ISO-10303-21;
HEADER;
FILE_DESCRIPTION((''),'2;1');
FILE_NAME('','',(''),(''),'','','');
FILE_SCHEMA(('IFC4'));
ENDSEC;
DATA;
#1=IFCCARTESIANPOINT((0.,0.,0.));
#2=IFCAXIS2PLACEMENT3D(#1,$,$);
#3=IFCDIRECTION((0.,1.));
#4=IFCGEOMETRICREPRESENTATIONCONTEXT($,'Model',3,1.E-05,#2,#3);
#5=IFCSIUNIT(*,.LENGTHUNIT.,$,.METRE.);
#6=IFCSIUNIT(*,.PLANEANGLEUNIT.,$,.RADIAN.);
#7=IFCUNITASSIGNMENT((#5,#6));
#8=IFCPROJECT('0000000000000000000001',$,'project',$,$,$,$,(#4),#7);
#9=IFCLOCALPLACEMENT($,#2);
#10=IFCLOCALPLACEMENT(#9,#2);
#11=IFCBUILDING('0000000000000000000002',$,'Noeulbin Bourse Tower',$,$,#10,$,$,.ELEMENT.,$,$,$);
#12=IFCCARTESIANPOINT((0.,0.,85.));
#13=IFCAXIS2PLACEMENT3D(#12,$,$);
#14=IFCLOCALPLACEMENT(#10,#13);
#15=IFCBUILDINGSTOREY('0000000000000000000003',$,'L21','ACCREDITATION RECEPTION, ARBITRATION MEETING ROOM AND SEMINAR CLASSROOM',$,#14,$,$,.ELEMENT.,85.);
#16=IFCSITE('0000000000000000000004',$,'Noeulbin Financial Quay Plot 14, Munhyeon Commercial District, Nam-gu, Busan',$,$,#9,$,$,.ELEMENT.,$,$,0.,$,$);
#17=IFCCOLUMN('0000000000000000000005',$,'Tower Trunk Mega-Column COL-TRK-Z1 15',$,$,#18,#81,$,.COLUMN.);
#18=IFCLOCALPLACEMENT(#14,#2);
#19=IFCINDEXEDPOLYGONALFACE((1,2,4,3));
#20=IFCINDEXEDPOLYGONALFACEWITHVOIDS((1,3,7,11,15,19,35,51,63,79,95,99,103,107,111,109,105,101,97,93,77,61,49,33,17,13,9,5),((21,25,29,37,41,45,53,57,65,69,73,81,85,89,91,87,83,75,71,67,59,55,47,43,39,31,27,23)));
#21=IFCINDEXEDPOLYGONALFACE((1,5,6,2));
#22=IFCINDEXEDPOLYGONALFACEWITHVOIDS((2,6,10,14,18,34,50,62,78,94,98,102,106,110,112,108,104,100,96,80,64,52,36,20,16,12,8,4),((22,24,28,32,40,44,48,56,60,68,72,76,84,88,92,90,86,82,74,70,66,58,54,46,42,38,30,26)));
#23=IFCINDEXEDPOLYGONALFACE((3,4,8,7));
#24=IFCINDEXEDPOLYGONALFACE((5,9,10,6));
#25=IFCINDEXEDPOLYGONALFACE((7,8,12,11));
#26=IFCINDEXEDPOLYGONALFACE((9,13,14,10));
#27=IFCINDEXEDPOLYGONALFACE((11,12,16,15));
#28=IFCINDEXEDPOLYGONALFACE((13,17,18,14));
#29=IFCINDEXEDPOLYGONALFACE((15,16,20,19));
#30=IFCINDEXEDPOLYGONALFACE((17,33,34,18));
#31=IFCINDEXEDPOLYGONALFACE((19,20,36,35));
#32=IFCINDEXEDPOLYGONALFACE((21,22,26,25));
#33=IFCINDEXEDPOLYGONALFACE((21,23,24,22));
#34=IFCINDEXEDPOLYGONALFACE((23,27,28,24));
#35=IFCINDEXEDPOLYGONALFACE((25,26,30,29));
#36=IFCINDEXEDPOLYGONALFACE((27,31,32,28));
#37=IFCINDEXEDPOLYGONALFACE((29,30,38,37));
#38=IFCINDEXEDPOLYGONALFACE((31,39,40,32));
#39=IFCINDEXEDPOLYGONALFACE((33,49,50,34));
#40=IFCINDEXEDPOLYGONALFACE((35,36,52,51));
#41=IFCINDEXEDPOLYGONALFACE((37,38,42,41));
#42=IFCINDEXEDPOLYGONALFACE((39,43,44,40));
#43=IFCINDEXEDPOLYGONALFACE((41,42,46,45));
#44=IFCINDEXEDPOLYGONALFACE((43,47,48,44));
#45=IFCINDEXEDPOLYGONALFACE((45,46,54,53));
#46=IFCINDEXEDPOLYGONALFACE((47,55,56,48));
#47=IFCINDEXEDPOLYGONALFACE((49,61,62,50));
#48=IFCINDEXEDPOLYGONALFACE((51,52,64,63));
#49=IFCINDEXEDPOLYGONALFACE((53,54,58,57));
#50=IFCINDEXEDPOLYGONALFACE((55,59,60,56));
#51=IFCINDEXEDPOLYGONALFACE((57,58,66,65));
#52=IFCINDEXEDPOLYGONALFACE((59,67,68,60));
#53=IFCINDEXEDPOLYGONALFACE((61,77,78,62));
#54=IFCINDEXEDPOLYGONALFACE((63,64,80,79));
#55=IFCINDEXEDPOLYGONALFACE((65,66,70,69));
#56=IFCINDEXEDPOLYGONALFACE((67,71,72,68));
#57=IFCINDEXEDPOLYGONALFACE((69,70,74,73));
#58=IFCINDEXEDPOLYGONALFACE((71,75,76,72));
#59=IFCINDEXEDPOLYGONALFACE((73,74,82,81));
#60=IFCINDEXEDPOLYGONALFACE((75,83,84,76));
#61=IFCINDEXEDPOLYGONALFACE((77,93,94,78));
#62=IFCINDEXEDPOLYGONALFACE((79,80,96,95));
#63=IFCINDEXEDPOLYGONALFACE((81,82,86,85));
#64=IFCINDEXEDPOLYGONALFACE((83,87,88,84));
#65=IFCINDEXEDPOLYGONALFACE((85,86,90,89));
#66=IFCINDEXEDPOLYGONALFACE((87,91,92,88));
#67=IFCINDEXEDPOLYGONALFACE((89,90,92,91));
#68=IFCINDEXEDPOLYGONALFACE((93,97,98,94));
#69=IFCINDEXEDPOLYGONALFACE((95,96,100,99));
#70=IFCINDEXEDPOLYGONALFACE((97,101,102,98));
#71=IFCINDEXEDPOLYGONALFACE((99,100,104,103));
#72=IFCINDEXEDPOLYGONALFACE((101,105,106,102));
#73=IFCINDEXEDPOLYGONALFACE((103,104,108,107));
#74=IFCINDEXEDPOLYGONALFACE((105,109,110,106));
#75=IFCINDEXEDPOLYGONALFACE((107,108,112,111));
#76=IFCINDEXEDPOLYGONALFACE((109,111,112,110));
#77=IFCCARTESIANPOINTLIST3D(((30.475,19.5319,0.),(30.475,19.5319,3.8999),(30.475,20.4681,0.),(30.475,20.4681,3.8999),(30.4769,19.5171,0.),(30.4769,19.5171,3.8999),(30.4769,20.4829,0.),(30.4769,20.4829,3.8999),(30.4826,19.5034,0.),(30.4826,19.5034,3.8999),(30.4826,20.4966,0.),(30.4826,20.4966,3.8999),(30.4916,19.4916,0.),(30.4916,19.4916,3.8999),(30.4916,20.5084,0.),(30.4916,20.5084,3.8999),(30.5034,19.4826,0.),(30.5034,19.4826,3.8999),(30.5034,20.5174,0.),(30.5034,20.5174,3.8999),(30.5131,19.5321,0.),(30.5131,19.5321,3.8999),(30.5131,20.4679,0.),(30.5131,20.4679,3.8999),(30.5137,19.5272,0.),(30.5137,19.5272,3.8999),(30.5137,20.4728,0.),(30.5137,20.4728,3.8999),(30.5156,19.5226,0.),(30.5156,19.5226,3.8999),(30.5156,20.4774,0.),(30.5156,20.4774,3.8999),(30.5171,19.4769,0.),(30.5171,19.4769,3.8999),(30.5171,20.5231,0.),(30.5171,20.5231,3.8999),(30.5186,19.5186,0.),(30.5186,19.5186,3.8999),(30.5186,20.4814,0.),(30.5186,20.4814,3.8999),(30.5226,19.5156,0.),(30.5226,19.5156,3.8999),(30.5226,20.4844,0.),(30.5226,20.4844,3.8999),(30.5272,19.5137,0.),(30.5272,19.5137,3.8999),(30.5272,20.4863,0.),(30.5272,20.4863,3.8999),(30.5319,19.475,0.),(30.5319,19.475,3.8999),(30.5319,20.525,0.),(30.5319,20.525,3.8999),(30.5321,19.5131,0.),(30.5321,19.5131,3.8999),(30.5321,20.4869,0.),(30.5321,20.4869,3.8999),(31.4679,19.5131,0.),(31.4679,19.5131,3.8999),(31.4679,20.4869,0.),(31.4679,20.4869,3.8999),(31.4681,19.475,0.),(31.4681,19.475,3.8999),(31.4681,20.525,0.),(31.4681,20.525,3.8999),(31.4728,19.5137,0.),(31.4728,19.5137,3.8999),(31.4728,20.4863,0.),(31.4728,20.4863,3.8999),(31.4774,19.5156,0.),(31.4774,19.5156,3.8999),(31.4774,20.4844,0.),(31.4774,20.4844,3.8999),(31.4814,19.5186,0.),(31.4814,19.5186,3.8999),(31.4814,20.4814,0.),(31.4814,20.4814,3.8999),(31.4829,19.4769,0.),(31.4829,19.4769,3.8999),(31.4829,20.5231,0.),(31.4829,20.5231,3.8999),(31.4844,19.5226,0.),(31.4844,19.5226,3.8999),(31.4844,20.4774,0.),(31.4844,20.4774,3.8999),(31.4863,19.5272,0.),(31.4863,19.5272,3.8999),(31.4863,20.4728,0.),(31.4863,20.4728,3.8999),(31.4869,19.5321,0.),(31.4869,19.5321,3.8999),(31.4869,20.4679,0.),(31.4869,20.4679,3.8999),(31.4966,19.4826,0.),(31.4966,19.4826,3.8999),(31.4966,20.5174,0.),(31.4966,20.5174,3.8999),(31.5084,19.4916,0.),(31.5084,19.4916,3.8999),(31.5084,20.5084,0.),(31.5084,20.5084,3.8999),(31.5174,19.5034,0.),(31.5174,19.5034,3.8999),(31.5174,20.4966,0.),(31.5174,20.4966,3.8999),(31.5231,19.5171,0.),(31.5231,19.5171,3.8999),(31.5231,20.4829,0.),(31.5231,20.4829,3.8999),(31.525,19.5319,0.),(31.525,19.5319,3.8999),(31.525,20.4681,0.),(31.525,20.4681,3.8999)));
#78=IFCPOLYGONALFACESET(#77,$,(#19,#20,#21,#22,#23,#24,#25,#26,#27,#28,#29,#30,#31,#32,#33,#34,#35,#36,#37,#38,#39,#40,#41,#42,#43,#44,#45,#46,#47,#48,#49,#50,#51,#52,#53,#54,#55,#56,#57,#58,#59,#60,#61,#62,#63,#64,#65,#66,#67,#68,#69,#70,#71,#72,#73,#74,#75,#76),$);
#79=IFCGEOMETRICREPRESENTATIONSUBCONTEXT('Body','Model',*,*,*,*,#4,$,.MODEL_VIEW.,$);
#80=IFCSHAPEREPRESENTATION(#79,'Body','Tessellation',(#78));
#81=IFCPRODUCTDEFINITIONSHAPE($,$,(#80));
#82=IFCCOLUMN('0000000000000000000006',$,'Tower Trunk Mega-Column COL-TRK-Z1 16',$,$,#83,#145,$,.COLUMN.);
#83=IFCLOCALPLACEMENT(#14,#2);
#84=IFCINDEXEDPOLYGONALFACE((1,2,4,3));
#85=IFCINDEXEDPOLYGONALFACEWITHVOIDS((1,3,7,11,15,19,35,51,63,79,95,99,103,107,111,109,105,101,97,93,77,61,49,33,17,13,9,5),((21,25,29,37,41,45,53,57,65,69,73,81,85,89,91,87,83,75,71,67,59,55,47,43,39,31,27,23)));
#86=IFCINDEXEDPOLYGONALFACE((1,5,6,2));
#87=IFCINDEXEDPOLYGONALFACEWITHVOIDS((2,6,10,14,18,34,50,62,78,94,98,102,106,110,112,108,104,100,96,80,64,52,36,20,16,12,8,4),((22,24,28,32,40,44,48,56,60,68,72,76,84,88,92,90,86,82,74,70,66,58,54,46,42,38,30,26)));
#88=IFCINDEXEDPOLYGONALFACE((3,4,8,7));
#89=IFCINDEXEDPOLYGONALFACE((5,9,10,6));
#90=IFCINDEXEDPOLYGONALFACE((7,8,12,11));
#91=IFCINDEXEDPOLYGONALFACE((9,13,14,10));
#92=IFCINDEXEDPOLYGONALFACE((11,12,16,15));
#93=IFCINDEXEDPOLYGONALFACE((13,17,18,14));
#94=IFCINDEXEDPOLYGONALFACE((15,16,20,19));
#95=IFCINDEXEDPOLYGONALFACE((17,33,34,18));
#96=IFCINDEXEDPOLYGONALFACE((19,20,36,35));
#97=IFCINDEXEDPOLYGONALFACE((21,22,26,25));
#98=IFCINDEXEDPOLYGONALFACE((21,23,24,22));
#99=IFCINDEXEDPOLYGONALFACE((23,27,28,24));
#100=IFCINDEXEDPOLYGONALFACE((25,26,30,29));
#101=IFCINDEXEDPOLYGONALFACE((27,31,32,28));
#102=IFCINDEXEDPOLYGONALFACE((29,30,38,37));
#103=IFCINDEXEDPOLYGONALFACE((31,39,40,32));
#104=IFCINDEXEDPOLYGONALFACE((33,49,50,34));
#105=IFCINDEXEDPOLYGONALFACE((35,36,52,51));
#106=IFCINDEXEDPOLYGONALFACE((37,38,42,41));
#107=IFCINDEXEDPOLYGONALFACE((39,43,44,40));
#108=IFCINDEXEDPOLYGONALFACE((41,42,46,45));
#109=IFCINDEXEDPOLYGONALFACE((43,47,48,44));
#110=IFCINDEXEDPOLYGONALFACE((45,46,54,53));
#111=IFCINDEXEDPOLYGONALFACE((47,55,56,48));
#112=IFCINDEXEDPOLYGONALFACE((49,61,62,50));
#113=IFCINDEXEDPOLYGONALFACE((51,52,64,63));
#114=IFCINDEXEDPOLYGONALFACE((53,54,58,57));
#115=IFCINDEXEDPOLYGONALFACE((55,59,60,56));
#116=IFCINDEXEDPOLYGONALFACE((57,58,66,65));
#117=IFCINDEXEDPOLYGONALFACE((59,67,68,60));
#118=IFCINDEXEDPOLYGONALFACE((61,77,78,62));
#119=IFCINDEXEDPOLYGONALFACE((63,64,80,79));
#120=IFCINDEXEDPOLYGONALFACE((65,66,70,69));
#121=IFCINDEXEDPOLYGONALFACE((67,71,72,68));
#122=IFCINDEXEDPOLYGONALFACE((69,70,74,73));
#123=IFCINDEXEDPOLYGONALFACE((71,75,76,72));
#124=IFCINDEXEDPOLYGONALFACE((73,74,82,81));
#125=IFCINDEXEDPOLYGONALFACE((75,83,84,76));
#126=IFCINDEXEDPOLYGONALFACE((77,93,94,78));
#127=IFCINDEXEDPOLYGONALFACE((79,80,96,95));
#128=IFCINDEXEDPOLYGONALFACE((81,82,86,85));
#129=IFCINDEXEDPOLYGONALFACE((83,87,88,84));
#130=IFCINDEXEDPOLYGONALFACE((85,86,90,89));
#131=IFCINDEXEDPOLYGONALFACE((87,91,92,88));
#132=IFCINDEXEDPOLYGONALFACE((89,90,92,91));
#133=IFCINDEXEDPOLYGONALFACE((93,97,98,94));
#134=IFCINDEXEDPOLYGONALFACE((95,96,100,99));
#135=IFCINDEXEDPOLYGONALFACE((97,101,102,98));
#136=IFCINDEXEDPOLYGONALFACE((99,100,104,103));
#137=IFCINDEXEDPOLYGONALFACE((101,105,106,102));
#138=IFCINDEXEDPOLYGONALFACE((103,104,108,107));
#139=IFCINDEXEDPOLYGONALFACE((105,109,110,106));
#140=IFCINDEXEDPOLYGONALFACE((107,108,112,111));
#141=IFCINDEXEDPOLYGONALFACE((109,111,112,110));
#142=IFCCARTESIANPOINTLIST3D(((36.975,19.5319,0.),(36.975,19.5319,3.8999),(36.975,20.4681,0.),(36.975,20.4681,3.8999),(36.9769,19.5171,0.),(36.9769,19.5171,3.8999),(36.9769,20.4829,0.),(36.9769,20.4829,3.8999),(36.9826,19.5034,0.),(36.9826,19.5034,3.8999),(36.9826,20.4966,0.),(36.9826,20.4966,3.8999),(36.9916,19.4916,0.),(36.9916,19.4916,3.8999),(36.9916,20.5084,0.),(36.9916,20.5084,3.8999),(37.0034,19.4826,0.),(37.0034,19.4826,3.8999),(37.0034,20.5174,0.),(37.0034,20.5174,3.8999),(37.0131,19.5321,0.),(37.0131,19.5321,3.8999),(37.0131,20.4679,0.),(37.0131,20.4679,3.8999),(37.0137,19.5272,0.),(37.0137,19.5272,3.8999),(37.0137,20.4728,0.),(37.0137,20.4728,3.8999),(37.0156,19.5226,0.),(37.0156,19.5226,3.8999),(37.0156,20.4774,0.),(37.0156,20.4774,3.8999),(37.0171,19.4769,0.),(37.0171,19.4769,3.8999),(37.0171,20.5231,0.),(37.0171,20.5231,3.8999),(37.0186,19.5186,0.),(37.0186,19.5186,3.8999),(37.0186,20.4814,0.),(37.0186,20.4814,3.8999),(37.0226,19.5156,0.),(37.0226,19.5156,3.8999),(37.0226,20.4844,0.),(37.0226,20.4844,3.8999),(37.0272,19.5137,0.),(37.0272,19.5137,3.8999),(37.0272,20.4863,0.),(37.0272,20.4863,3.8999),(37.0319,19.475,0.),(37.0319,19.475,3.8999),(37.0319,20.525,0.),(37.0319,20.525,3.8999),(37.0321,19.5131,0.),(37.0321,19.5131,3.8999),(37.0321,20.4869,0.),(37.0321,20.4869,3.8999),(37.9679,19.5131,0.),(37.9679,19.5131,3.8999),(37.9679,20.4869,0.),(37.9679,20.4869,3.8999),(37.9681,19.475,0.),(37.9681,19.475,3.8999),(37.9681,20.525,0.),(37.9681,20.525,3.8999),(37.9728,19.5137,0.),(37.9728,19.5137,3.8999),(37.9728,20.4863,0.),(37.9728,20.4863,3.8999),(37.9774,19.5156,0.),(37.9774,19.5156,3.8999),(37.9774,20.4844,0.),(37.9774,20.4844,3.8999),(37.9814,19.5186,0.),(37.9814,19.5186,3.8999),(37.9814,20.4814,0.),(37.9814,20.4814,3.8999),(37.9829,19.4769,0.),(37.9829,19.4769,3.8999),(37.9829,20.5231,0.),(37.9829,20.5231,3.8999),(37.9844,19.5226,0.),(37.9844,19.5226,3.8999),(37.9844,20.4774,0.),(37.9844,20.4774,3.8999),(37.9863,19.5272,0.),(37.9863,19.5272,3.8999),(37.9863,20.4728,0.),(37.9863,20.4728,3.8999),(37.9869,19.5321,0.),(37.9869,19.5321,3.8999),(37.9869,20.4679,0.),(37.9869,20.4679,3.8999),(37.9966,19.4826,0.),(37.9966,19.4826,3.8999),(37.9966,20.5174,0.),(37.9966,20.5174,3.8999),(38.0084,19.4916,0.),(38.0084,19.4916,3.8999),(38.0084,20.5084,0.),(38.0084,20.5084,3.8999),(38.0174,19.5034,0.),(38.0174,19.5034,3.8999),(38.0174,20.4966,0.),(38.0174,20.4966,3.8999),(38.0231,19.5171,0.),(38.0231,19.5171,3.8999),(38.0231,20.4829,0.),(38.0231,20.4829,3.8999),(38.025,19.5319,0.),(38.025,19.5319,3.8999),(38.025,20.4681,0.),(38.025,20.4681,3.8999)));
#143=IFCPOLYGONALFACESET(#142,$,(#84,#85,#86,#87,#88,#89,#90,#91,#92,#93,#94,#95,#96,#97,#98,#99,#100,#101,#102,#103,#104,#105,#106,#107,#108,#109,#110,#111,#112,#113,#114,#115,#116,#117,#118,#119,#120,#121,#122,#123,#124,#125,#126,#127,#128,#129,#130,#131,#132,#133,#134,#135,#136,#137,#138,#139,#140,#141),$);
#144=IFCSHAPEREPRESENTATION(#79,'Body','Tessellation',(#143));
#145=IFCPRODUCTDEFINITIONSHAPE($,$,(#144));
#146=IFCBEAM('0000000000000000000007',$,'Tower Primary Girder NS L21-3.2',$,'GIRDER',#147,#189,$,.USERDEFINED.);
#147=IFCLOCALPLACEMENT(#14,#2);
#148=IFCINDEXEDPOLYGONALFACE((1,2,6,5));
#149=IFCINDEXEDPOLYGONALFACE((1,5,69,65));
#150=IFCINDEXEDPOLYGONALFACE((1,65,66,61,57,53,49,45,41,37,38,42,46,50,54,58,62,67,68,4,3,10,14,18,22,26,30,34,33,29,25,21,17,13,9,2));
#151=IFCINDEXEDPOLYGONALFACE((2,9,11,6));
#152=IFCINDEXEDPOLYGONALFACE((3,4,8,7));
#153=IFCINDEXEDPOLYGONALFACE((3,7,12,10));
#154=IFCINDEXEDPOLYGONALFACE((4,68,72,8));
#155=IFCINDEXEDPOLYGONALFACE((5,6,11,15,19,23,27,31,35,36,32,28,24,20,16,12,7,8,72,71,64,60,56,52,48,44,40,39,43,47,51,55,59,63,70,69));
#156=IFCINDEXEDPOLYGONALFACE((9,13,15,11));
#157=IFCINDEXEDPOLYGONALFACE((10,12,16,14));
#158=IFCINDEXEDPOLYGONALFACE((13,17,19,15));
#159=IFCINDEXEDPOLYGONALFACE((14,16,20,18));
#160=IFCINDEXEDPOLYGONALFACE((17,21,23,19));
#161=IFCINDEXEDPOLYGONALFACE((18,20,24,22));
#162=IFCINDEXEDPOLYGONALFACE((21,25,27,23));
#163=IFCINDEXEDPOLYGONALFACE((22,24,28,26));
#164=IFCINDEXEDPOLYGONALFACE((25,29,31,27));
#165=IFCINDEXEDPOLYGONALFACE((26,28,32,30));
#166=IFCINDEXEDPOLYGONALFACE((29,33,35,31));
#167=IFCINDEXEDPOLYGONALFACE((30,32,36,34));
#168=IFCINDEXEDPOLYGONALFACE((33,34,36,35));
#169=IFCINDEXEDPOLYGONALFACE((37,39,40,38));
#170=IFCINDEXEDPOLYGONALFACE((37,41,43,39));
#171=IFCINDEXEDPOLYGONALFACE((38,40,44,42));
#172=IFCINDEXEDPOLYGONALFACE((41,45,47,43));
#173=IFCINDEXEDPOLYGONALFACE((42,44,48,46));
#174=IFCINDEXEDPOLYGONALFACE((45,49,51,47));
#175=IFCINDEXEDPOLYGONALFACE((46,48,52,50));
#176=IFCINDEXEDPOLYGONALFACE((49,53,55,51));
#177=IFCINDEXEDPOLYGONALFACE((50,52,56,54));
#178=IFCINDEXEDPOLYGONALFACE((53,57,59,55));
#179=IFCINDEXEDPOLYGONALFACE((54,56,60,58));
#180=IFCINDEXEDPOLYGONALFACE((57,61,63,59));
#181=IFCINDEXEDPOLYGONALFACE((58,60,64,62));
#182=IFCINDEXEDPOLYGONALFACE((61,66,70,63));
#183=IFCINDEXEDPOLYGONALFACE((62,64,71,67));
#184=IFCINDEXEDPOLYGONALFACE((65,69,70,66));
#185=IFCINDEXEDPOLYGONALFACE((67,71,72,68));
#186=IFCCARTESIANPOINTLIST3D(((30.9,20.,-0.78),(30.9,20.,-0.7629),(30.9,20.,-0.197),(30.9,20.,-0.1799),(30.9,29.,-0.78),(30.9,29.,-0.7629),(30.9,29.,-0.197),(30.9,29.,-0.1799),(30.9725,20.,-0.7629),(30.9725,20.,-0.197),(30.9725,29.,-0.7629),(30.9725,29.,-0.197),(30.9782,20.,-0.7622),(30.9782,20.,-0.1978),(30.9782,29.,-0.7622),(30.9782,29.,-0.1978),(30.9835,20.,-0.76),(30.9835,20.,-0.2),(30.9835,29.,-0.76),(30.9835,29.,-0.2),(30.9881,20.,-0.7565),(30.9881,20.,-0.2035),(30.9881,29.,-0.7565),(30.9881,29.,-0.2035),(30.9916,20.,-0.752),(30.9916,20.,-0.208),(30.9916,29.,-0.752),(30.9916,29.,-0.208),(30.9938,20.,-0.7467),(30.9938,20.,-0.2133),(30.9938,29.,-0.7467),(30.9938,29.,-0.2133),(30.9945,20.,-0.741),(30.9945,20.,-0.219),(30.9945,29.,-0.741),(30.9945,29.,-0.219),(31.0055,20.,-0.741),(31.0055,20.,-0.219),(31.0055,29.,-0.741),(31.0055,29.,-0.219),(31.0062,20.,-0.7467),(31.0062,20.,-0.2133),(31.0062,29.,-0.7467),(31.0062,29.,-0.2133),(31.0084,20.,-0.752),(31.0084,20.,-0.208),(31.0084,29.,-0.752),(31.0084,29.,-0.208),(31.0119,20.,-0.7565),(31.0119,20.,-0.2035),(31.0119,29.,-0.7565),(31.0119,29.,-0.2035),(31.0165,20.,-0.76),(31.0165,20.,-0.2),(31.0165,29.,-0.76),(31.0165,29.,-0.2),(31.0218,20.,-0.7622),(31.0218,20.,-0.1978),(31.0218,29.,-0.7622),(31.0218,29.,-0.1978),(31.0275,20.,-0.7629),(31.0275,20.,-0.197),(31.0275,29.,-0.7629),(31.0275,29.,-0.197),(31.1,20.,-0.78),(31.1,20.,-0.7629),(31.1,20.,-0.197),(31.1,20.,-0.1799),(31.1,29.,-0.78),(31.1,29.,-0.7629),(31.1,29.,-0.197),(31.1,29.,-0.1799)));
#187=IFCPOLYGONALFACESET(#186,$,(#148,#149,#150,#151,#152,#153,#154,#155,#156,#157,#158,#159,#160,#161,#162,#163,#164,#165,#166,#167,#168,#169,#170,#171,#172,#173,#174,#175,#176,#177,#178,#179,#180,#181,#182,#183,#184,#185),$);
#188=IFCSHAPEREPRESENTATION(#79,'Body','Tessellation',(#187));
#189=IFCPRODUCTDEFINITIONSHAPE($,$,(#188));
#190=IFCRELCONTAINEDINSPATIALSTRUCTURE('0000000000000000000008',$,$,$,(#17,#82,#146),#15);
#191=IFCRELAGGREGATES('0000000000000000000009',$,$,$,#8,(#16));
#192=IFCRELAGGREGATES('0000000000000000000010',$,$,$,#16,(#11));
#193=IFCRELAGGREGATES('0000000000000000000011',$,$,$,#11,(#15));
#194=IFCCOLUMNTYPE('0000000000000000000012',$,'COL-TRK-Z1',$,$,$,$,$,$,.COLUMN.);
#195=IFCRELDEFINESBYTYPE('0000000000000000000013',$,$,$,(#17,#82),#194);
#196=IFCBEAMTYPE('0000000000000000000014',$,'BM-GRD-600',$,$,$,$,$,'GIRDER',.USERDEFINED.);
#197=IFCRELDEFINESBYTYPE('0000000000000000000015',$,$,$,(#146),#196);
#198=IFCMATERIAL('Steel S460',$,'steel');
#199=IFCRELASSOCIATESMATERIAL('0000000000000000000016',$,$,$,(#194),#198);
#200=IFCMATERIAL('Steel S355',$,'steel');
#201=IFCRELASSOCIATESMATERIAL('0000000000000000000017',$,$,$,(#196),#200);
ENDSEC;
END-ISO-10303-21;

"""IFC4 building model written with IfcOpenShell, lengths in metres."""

from ifc_helpers import new_model, si_unit, direction, frame, origin, origin_2d, place, context, subcontext, project, spatial, hollow_rectangle, i_section, extrude, material, material_profile, profile_set, type_object, element, save


model = new_model("IFC4")

# Units and contexts
model_context = context("Model", 3, precision=1e-05, world=origin(), true_north=direction((0.0, 1.0)))
body_context = subcontext(model_context, "Body", "Model", "MODEL_VIEW")
ifc_project = project(units=[si_unit("LENGTHUNIT", "METRE"), si_unit("PLANEANGLEUNIT", "RADIAN")], contexts=[model_context])

# Site, building, storey
site_placement = place(None, origin())
site = spatial("IfcSite", under=ifc_project, at=site_placement, Name="Noeulbin Financial Quay Plot 14, Munhyeon Commercial District, Nam-gu, Busan", CompositionType="ELEMENT", RefElevation=0.0)
building_placement = place(site_placement, origin())
building = spatial("IfcBuilding", under=site, at=building_placement, Name="Noeulbin Bourse Tower", CompositionType="ELEMENT")
storey_placement = place(building_placement, frame((0.0, 0.0, 85.0)))
storey = spatial("IfcBuildingStorey", under=building, at=storey_placement, Name="L21", Description="ACCREDITATION RECEPTION, ARBITRATION MEETING ROOM AND SEMINAR CLASSROOM", CompositionType="ELEMENT", Elevation=85.0)

# Columns
ifc_material_1 = material(Name="Steel S460", Category="steel")
ifc_material_profile_1 = material_profile(ifc_material_1, hollow_rectangle(XDim=1.05, YDim=1.05, WallThickness=0.0381, InnerFilletRadius=0.019, OuterFilletRadius=0.0569, at=origin_2d()), Name="BOX-1050x1050x38", Category="LoadBearing")
ifc_profile_set_1 = profile_set([ifc_material_profile_1], Name="Steel S460")
column_type = type_object("IfcColumnType", Name="COL-TRK-Z1", PredefinedType="COLUMN", material=ifc_profile_set_1)
for number, where, z_axis, x_axis, name in (
    (1, (31.0, 20.0, 0.0), (0.0, 0.0, 1.0), (1.0, 0.0, 0.0), "Tower Trunk Mega-Column COL-TRK-Z1 15"),
    (2, (37.5, 20.0, 0.0), (0.0, 0.0, 1.0), (1.0, 0.0, 0.0), "Tower Trunk Mega-Column COL-TRK-Z1 16"),
):
    element("IfcColumn", number, at=place(storey_placement, frame(where, z_axis=z_axis, x_axis=x_axis)), inside=storey, type_object=column_type, Name=name, PredefinedType="COLUMN", context=body_context, shape_type="SweptSolid", body=[
        extrude(hollow_rectangle(XDim=1.05, YDim=1.05, WallThickness=0.0381, InnerFilletRadius=0.019, OuterFilletRadius=0.0569, at=origin_2d()), origin(), (0.0, 0.0, 1.0), 3.8999),
    ])

# Beam
ifc_material_2 = material(Name="Steel S355", Category="steel")
ifc_material_profile_2 = material_profile(ifc_material_2, i_section(OverallWidth=0.2, OverallDepth=0.6001, WebThickness=0.011, FlangeThickness=0.0171, FilletRadius=0.022, at=origin_2d()), Name="H-600x200x11x17", Category="LoadBearing")
ifc_profile_set_2 = profile_set([ifc_material_profile_2], Name="Steel S355")
beam_type_1 = type_object("IfcBeamType", Name="BM-GRD-600", ElementType="GIRDER", PredefinedType="USERDEFINED", material=ifc_profile_set_2)
beam_1_placement = place(storey_placement, frame((31.0, 20.0, -0.48), z_axis=(0.0, 1.0, 0.0), x_axis=(-1.0, 0.0, 0.0)))
element("IfcBeam", 3, at=beam_1_placement, inside=storey, type_object=beam_type_1, Name="Tower Primary Girder NS L21-3.2", ObjectType="GIRDER", PredefinedType="USERDEFINED", context=body_context, shape_type="SweptSolid", body=[
    extrude(i_section(OverallWidth=0.2, OverallDepth=0.6001, WebThickness=0.011, FlangeThickness=0.0171, FilletRadius=0.022, at=origin_2d()), origin(), (0.0, 0.0, 1.0), 9.0),
])

save(model, "model.ifc")
